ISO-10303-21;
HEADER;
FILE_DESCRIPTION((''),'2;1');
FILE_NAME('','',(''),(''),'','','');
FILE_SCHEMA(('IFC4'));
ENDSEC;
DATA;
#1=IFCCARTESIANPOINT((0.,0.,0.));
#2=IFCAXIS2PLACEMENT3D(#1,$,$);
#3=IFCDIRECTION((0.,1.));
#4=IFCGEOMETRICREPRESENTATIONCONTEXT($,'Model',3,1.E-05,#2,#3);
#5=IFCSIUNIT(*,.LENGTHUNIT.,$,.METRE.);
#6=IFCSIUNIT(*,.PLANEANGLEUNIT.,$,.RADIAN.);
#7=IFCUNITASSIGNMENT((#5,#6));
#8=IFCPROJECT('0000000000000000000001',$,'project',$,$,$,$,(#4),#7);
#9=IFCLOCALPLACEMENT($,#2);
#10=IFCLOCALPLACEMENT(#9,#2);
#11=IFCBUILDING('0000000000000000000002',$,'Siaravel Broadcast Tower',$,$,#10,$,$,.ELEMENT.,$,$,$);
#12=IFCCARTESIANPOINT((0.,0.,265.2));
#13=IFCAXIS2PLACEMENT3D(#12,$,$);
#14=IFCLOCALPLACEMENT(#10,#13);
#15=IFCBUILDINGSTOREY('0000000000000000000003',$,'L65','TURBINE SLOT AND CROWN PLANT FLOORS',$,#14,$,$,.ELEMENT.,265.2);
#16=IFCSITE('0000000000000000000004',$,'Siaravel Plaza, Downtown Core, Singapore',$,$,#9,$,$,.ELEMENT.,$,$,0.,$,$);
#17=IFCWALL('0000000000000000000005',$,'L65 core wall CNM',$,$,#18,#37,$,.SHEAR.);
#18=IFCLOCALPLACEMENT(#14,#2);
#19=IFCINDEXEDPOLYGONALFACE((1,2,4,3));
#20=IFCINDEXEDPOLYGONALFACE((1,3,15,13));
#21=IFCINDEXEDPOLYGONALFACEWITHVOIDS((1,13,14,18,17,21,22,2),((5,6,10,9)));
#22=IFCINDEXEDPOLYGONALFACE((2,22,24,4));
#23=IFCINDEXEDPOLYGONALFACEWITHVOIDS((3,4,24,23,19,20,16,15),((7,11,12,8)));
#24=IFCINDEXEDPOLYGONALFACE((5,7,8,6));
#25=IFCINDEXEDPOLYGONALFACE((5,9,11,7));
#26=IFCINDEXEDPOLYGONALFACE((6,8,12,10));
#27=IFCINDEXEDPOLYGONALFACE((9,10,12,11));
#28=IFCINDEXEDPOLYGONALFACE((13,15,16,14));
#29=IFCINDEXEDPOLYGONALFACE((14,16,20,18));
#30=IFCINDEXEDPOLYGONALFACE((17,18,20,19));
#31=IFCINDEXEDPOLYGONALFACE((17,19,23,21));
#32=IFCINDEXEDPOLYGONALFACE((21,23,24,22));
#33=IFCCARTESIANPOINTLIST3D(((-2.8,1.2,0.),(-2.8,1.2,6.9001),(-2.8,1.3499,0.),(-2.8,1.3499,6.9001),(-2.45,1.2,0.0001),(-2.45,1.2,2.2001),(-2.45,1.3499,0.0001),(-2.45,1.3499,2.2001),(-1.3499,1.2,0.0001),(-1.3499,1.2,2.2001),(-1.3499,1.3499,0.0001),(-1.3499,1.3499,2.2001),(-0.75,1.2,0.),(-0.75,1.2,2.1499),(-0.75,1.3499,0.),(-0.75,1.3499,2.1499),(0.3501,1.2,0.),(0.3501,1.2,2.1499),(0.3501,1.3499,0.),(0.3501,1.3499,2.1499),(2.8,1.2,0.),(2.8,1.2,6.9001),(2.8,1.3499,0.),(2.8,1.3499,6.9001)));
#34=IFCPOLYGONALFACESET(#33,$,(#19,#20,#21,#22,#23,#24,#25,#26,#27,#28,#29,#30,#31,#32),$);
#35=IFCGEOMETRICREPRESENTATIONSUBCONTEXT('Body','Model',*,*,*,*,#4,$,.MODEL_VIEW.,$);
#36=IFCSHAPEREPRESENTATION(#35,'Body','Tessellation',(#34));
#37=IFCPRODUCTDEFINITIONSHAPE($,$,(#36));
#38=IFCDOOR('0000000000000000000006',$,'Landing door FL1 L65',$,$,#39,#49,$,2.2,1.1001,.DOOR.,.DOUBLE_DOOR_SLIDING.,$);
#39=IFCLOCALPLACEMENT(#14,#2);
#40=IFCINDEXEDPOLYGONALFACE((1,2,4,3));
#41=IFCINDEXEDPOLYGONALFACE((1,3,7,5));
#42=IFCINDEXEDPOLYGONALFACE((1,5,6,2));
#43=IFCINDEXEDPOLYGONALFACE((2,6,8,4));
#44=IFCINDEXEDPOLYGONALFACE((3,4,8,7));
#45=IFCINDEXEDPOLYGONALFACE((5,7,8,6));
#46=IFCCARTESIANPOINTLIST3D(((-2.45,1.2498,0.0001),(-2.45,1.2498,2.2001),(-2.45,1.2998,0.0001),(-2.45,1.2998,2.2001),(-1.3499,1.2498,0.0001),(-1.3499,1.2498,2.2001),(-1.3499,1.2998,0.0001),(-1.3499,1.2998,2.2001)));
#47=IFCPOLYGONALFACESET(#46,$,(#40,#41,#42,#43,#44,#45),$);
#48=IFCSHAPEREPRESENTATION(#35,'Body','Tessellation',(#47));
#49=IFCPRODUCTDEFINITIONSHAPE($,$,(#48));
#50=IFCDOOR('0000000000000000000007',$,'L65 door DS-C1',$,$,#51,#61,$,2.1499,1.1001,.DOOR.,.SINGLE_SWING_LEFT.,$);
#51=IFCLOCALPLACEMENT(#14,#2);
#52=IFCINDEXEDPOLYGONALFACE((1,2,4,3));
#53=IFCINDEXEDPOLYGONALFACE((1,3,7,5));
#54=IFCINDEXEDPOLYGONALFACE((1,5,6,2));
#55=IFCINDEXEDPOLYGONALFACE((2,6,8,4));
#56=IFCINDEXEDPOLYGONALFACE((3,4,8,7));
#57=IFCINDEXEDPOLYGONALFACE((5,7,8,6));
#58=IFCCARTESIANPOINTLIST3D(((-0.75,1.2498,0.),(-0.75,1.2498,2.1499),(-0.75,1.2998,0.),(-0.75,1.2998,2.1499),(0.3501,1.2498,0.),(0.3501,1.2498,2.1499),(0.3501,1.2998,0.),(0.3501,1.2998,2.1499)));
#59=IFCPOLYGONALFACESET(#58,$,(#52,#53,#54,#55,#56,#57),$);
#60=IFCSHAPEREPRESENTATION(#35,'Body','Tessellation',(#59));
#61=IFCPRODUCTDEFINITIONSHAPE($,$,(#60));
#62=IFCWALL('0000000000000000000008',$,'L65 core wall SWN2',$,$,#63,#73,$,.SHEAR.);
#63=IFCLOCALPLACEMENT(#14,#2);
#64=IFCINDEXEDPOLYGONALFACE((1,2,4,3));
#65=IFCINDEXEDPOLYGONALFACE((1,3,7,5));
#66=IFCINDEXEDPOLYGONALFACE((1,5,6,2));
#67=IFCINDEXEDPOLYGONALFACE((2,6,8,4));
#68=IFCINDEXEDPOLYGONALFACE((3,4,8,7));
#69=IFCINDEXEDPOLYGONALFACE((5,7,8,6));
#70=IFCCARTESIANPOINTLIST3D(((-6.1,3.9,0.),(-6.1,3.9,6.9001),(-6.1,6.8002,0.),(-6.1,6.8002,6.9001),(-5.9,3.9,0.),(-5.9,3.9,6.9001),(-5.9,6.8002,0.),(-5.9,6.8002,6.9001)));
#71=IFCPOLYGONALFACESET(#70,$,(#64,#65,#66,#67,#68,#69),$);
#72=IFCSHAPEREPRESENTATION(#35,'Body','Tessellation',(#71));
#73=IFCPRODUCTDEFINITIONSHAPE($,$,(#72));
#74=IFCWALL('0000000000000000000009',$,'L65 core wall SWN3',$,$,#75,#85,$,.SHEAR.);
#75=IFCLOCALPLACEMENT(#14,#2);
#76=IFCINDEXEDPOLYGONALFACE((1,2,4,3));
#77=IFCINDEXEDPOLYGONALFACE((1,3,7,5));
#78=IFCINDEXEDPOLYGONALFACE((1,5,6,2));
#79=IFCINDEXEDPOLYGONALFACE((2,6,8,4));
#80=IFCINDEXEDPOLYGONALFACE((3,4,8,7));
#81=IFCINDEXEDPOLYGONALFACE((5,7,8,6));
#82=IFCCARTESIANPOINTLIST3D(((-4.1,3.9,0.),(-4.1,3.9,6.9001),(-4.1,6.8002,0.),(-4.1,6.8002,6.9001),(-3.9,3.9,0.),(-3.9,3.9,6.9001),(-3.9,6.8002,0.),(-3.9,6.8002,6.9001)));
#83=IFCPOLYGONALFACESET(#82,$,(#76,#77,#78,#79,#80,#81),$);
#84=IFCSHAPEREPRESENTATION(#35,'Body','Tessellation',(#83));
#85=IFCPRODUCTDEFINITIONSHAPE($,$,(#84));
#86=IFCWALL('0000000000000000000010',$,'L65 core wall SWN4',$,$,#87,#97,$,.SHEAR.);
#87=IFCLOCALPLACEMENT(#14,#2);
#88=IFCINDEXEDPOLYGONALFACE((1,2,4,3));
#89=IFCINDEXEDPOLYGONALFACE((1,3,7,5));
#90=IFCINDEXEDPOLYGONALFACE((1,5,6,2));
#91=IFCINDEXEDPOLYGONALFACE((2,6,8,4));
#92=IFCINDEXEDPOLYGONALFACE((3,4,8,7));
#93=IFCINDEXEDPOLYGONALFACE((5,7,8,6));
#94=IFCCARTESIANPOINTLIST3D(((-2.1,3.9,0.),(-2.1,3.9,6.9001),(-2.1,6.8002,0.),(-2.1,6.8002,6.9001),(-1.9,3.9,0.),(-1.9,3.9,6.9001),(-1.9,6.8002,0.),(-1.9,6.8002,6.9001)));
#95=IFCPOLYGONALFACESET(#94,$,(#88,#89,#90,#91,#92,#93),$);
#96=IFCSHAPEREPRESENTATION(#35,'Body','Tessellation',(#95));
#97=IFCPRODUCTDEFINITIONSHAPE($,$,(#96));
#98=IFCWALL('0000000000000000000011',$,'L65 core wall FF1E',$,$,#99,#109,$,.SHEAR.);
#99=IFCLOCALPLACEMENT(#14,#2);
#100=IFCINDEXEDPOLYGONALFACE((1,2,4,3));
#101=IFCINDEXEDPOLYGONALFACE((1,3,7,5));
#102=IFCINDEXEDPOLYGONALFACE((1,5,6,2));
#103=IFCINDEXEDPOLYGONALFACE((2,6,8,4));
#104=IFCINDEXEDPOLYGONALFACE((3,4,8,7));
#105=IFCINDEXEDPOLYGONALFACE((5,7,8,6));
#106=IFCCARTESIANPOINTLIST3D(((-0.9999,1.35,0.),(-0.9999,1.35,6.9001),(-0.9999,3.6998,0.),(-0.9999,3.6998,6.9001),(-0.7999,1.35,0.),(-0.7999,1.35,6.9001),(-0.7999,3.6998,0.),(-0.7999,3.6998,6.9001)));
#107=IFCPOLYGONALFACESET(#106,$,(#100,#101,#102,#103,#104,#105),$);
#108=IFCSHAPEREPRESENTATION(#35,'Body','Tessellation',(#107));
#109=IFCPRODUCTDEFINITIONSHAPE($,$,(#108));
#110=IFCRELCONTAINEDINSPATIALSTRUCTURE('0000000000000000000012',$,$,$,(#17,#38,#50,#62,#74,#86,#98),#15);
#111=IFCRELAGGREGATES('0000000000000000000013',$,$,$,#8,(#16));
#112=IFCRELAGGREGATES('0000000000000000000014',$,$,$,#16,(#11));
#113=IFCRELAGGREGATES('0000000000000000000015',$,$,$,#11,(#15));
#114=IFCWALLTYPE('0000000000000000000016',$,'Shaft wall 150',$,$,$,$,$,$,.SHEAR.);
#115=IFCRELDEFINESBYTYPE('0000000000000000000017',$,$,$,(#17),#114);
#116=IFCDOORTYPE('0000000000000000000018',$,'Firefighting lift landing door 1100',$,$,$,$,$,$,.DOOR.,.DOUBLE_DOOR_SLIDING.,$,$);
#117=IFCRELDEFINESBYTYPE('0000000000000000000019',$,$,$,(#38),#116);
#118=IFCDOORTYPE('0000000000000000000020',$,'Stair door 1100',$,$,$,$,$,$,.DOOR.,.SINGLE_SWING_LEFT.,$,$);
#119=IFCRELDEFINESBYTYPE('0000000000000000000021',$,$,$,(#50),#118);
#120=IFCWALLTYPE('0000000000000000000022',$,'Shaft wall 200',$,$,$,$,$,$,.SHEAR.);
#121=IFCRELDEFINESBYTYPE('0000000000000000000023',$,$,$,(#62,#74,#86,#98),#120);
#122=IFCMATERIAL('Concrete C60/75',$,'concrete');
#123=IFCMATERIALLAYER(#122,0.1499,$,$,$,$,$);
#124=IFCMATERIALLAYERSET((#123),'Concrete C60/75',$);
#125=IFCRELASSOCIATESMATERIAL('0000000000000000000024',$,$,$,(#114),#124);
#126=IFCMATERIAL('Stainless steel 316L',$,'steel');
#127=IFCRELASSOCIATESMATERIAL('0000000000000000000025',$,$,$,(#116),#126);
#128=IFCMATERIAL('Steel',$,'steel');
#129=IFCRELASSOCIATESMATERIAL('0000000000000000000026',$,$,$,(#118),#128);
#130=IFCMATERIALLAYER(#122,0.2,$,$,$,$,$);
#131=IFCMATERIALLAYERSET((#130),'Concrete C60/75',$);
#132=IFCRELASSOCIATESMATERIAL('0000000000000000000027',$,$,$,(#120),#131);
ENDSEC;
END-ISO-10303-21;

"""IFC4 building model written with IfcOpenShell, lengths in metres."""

from ifc_helpers import new_model, si_unit, direction, frame, frame_2d, origin, place, context, subcontext, project, spatial, rectangle, extrude, material, layer, layer_set, type_object, element, fill, save


model = new_model("IFC4")

# Units and contexts
model_context = context("Model", 3, precision=1e-05, world=origin(), true_north=direction((0.0, 1.0)))
body_context = subcontext(model_context, "Body", "Model", "MODEL_VIEW")
ifc_project = project(units=[si_unit("LENGTHUNIT", "METRE"), si_unit("PLANEANGLEUNIT", "RADIAN")], contexts=[model_context])

# Site, building, storey
site_placement = place(None, origin())
site = spatial("IfcSite", under=ifc_project, at=site_placement, Name="Siaravel Plaza, Downtown Core, Singapore", CompositionType="ELEMENT", RefElevation=0.0)
building_placement = place(site_placement, origin())
building = spatial("IfcBuilding", under=site, at=building_placement, Name="Siaravel Broadcast Tower", CompositionType="ELEMENT")
storey_placement = place(building_placement, frame((0.0, 0.0, 265.2)))
storey = spatial("IfcBuildingStorey", under=building, at=storey_placement, Name="L65", Description="TURBINE SLOT AND CROWN PLANT FLOORS", CompositionType="ELEMENT", Elevation=265.2)

# Wall, openings, doors
ifc_material_1 = material(Name="Concrete C60/75", Category="concrete")
ifc_layer_1 = layer(ifc_material_1, 0.1499)
ifc_layer_set_1 = layer_set([ifc_layer_1], Name="Concrete C60/75")
wall_type_1 = type_object("IfcWallType", Name="Shaft wall 150", PredefinedType="SHEAR", material=ifc_layer_set_1)
ifc_material_2 = material(Name="Stainless steel 316L", Category="steel")
door_type_1 = type_object("IfcDoorType", Name="Firefighting lift landing door 1100", OperationType="DOUBLE_DOOR_SLIDING", PredefinedType="DOOR", material=ifc_material_2)
ifc_material_3 = material(Name="Steel", Category="steel")
door_type_2 = type_object("IfcDoorType", Name="Stair door 1100", OperationType="SINGLE_SWING_LEFT", PredefinedType="DOOR", material=ifc_material_3)
wall_1_placement = place(storey_placement, frame((-2.8, 1.2749, 0.0), z_axis=(0.0, 0.0, 1.0), x_axis=(1.0, 0.0, 0.0)))
wall_1 = element("IfcWall", 1, at=wall_1_placement, inside=storey, type_object=wall_type_1, Name="L65 core wall CNM", PredefinedType="SHEAR", context=body_context, shape_type="SweptSolid", body=[
    extrude(rectangle(XDim=5.6001, YDim=0.1499, at=frame_2d((2.8, 0.0))), origin(), (0.0, 0.0, 1.0), 6.9001),
])
opening_1_placement = place(wall_1_placement, frame((0.3501, 0.0, 0.0)))
opening_1 = element("IfcOpeningElement", 2, at=opening_1_placement, cuts=wall_1, PredefinedType="OPENING", context=body_context, shape_type="SweptSolid", body=[
    extrude(rectangle(XDim=1.1001, YDim=2.2, at=frame_2d((0.55, 1.1001))), frame((0.0, 0.085, 0.0), z_axis=(0.0, -1.0, 0.0), x_axis=(1.0, 0.0, 0.0)), (0.0, 0.0, 1.0), 0.1699),
])
opening_2_placement = place(wall_1_placement, frame((2.05, 0.0, 0.0)))
opening_2 = element("IfcOpeningElement", 3, at=opening_2_placement, cuts=wall_1, PredefinedType="OPENING", context=body_context, shape_type="SweptSolid", body=[
    extrude(rectangle(XDim=1.1001, YDim=2.1499, at=frame_2d((0.55, 1.075))), frame((0.0, 0.085, 0.0), z_axis=(0.0, -1.0, 0.0), x_axis=(1.0, 0.0, 0.0)), (0.0, 0.0, 1.0), 0.1699),
])
door_1_placement = place(opening_1_placement, origin())
door_1 = element("IfcDoor", 4, at=door_1_placement, inside=storey, type_object=door_type_1, Name="Landing door FL1 L65", OperationType="DOUBLE_DOOR_SLIDING", OverallHeight=2.2, OverallWidth=1.1001, PredefinedType="DOOR", context=body_context, shape_type="SweptSolid", body=[
    extrude(rectangle(XDim=1.1001, YDim=2.2, at=frame_2d((0.55, 1.1001))), frame((0.0, 0.0249, 0.0), z_axis=(0.0, -1.0, 0.0), x_axis=(1.0, 0.0, 0.0)), (0.0, 0.0, 1.0), 0.05),
])
fill(opening_1, door_1)
door_2_placement = place(opening_2_placement, origin())
door_2 = element("IfcDoor", 5, at=door_2_placement, inside=storey, type_object=door_type_2, Name="L65 door DS-C1", OperationType="SINGLE_SWING_LEFT", OverallHeight=2.1499, OverallWidth=1.1001, PredefinedType="DOOR", context=body_context, shape_type="SweptSolid", body=[
    extrude(rectangle(XDim=1.1001, YDim=2.1499, at=frame_2d((0.55, 1.075))), frame((0.0, 0.0249, 0.0), z_axis=(0.0, -1.0, 0.0), x_axis=(1.0, 0.0, 0.0)), (0.0, 0.0, 1.0), 0.05),
])
fill(opening_2, door_2)

# Walls
ifc_layer_2 = layer(ifc_material_1, 0.2)
ifc_layer_set_2 = layer_set([ifc_layer_2], Name="Concrete C60/75")
wall_type_2 = type_object("IfcWallType", Name="Shaft wall 200", PredefinedType="SHEAR", material=ifc_layer_set_2)
for number, where, z_axis, x_axis, name in (
    (6, (-6.0, 3.8999, 0.0), (0.0, 0.0, 1.0), (0.0, 1.0, 0.0), "L65 core wall SWN2"),
    (7, (-4.0, 3.8999, 0.0), (0.0, 0.0, 1.0), (0.0, 1.0, 0.0), "L65 core wall SWN3"),
    (8, (-2.0, 3.8999, 0.0), (0.0, 0.0, 1.0), (0.0, 1.0, 0.0), "L65 core wall SWN4"),
):
    element("IfcWall", number, at=place(storey_placement, frame(where, z_axis=z_axis, x_axis=x_axis)), inside=storey, type_object=wall_type_2, Name=name, PredefinedType="SHEAR", context=body_context, shape_type="SweptSolid", body=[
        extrude(rectangle(XDim=2.9001, YDim=0.2, at=frame_2d((1.4502, 0.0))), origin(), (0.0, 0.0, 1.0), 6.9001),
    ])
wall_2_placement = place(storey_placement, frame((-0.8999, 1.3501, 0.0), z_axis=(0.0, 0.0, 1.0), x_axis=(0.0, 1.0, 0.0)))
element("IfcWall", 9, at=wall_2_placement, inside=storey, type_object=wall_type_2, Name="L65 core wall FF1E", PredefinedType="SHEAR", context=body_context, shape_type="SweptSolid", body=[
    extrude(rectangle(XDim=2.3499, YDim=0.2, at=frame_2d((1.1748, 0.0))), origin(), (0.0, 0.0, 1.0), 6.9001),
])

save(model, "model.ifc")
